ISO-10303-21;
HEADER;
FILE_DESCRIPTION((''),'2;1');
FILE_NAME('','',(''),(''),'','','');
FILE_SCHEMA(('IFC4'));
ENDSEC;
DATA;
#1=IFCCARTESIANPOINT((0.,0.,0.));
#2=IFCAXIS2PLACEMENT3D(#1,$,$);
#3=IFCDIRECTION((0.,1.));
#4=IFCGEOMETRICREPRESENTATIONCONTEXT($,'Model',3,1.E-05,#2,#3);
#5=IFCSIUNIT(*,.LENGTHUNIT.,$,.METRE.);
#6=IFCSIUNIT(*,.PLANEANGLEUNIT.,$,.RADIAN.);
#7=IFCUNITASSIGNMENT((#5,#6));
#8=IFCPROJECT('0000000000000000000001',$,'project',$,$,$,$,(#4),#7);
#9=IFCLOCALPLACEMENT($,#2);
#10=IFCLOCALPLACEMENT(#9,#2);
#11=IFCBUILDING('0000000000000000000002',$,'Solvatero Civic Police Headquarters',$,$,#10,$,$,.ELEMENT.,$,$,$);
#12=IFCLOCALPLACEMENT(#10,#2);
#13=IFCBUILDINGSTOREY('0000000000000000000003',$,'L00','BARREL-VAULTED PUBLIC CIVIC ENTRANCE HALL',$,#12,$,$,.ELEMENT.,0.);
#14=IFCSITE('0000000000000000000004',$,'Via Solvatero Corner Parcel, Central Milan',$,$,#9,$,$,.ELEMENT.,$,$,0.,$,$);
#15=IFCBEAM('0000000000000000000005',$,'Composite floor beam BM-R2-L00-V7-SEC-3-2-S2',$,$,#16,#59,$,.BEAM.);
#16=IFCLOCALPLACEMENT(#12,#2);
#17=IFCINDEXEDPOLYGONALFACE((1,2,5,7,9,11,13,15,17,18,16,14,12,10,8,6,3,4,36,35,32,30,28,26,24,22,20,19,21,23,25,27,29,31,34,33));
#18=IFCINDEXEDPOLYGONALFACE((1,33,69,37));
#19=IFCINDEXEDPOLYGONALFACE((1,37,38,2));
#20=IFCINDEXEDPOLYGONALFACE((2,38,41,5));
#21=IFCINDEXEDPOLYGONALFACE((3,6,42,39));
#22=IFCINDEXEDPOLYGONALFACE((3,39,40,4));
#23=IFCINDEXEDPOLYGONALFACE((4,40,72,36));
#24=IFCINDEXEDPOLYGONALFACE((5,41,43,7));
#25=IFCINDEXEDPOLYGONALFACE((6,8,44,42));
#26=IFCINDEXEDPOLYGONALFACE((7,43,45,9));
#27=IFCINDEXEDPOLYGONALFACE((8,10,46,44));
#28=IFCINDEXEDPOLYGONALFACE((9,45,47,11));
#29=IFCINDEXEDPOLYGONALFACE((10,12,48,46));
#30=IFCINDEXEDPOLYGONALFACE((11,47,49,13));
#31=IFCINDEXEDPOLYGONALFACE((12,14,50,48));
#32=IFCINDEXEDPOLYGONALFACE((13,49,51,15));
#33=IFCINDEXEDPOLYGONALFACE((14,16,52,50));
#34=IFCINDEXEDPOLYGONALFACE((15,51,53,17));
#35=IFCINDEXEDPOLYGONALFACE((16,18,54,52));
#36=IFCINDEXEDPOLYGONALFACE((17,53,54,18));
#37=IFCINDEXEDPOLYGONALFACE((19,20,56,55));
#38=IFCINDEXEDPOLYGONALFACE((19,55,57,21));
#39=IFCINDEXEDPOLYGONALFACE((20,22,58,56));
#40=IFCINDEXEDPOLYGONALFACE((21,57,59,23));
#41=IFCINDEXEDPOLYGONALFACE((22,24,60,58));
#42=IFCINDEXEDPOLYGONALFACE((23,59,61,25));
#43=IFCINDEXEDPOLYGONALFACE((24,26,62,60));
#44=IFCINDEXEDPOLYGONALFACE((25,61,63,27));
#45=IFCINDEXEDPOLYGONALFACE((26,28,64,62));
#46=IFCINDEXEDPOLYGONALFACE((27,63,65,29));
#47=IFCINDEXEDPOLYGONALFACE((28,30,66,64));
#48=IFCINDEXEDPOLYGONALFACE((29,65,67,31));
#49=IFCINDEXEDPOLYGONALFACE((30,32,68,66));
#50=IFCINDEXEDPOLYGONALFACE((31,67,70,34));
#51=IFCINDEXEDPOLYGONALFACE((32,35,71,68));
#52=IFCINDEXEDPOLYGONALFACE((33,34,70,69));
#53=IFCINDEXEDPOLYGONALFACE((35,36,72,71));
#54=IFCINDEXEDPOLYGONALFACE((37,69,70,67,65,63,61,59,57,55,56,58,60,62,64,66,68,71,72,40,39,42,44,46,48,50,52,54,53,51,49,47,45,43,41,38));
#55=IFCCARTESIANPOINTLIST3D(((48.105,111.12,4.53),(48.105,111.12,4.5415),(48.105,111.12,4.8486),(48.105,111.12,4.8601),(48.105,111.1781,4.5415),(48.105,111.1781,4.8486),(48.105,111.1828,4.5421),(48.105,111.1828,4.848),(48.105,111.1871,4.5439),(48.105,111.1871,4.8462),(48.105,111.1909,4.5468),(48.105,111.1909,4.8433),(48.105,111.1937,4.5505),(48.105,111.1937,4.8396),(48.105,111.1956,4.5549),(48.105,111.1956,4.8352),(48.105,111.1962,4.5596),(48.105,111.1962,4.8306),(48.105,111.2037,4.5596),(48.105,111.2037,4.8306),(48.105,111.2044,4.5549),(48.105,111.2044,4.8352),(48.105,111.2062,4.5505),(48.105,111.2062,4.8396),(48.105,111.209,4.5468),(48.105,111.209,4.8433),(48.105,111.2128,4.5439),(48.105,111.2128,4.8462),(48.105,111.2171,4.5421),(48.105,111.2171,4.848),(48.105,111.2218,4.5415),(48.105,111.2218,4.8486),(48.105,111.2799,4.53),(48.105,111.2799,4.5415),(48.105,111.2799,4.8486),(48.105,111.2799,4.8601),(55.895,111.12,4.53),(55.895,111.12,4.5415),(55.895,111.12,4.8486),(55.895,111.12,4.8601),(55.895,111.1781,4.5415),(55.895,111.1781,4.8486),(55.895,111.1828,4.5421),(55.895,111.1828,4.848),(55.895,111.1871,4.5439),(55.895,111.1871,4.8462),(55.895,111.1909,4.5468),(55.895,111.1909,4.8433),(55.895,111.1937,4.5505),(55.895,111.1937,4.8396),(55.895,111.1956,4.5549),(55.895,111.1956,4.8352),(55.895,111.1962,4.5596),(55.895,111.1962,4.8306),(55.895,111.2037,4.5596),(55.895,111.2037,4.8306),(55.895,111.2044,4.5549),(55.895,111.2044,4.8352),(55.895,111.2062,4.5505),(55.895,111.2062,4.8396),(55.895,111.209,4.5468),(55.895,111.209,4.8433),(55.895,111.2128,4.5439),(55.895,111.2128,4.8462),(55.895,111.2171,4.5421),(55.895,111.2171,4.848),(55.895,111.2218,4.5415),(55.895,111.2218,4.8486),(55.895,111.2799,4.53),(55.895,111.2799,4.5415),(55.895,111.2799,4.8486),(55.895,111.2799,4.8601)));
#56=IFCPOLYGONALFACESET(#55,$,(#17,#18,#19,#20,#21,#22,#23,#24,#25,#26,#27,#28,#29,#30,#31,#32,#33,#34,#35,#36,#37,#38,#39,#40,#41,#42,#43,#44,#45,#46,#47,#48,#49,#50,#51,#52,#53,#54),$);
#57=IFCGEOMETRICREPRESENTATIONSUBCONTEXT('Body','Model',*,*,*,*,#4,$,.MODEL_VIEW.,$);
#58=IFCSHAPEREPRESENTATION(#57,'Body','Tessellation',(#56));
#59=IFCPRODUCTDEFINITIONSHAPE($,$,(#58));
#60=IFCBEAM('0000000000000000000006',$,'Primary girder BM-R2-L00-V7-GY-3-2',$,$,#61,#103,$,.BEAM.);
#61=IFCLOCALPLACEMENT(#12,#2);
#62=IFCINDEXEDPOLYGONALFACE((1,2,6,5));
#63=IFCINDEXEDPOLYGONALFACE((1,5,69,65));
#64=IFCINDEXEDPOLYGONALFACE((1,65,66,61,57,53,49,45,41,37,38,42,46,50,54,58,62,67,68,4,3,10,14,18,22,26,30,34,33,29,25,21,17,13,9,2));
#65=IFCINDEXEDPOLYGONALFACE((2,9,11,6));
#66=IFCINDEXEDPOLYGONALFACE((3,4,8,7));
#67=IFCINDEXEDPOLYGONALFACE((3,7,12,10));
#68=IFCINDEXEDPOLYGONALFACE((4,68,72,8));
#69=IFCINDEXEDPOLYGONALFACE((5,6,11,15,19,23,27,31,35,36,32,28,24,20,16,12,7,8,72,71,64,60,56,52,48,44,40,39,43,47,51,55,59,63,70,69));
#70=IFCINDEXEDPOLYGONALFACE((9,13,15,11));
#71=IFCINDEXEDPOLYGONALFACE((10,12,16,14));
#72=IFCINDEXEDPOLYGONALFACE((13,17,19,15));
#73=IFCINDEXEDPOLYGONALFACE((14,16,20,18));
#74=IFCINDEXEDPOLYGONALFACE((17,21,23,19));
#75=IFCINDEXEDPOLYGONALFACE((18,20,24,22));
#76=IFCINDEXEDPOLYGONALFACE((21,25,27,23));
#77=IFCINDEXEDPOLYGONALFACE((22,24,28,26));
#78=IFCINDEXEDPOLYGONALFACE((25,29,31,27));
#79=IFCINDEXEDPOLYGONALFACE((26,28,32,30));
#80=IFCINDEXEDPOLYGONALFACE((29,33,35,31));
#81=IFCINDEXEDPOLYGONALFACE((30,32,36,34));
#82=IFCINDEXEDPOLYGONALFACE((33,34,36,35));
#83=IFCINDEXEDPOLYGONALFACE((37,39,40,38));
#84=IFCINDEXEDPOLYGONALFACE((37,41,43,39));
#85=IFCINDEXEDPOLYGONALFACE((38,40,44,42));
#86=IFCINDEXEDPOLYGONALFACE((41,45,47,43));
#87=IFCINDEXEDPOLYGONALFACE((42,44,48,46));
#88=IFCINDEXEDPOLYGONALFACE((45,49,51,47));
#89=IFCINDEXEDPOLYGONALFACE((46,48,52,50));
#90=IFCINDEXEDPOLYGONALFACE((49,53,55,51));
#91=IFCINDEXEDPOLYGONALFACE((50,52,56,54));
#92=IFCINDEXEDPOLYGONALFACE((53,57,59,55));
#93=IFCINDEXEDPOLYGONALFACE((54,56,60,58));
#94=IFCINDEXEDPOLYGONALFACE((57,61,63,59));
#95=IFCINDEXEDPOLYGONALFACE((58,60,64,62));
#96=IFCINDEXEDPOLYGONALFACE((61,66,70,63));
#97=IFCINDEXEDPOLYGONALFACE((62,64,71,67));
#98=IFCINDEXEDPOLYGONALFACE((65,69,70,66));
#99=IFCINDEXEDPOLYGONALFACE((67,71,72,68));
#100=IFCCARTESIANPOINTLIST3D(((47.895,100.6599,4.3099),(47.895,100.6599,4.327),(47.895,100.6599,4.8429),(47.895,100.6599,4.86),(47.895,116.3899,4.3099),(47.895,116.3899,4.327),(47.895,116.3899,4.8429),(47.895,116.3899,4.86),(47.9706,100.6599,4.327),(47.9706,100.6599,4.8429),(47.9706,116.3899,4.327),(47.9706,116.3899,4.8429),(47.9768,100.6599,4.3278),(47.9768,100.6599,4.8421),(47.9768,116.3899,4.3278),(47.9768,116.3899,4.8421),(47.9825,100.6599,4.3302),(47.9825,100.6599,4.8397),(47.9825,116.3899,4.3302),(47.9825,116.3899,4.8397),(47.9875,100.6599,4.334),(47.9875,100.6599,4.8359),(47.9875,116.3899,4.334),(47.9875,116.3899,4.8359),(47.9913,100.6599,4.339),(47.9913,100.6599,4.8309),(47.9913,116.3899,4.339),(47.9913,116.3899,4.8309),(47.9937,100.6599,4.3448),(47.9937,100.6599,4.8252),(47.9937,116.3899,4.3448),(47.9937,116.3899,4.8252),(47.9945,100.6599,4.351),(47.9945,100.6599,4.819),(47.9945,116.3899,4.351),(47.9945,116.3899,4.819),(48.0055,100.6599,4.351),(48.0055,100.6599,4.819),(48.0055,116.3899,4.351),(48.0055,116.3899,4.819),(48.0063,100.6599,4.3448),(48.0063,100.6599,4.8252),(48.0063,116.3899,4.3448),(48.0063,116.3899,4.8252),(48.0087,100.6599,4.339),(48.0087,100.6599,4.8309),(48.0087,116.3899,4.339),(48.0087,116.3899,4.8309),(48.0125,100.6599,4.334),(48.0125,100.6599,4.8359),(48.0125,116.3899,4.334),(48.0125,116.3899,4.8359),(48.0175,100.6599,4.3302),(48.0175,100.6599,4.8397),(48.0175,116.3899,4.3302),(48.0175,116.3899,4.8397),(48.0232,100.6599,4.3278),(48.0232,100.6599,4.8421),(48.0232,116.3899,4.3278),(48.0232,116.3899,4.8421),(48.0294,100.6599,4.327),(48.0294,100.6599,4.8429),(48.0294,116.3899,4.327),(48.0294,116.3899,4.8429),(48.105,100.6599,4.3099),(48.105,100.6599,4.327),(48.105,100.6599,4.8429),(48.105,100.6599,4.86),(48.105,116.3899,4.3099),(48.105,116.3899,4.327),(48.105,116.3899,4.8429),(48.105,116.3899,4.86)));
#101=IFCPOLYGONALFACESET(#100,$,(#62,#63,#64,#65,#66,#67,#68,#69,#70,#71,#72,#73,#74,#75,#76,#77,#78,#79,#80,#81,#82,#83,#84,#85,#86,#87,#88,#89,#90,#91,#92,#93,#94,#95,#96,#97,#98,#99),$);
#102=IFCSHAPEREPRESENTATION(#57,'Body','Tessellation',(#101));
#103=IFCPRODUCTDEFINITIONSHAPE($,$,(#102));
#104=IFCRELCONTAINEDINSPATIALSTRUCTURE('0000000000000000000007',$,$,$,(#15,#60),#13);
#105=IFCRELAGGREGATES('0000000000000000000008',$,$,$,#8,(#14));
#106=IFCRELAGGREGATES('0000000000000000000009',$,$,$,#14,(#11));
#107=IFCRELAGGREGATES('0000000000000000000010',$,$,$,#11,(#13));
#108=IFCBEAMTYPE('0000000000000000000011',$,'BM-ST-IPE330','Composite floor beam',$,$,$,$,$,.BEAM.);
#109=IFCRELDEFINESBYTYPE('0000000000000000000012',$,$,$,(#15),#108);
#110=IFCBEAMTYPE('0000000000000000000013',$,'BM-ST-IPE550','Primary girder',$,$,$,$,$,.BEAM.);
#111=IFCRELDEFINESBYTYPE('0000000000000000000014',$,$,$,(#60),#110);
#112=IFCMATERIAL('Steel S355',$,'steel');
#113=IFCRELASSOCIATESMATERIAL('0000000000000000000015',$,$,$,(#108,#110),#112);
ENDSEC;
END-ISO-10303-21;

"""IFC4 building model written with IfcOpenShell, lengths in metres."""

from ifc_helpers import new_model, si_unit, direction, frame, origin, origin_2d, place, context, subcontext, project, spatial, i_section, extrude, material, material_profile, profile_set, type_object, element, save


model = new_model("IFC4")

# Units and contexts
model_context = context("Model", 3, precision=1e-05, world=origin(), true_north=direction((0.0, 1.0)))
body_context = subcontext(model_context, "Body", "Model", "MODEL_VIEW")
ifc_project = project(units=[si_unit("LENGTHUNIT", "METRE"), si_unit("PLANEANGLEUNIT", "RADIAN")], contexts=[model_context])

# Site, building, storey
site_placement = place(None, origin())
site = spatial("IfcSite", under=ifc_project, at=site_placement, Name="Via Solvatero Corner Parcel, Central Milan", CompositionType="ELEMENT", RefElevation=0.0)
building_placement = place(site_placement, origin())
building = spatial("IfcBuilding", under=site, at=building_placement, Name="Solvatero Civic Police Headquarters", CompositionType="ELEMENT")
storey_placement = place(building_placement, origin())
storey = spatial("IfcBuildingStorey", under=building, at=storey_placement, Name="L00", Description="BARREL-VAULTED PUBLIC CIVIC ENTRANCE HALL", CompositionType="ELEMENT", Elevation=0.0)

# Beams
ifc_material_1 = material(Name="Steel S355", Category="steel")
ifc_material_profile_1 = material_profile(ifc_material_1, i_section(OverallWidth=0.1599, OverallDepth=0.3301, WebThickness=0.0076, FlangeThickness=0.0115, FilletRadius=0.0181, at=origin_2d()), Name="IPE 330")
ifc_profile_set_1 = profile_set([ifc_material_profile_1], Name="Steel S355")
beam_type_1 = type_object("IfcBeamType", Name="BM-ST-IPE330", Description="Composite floor beam", PredefinedType="BEAM", material=ifc_profile_set_1)
for number, where, z_axis, x_axis, name in (
    (1, (48.105, 111.2, 4.6951), (1.0, 0.0, 0.0), (0.0, 1.0, 0.0), "Composite floor beam BM-R2-L00-V7-SEC-3-2-S2"),
):
    element("IfcBeam", number, at=place(storey_placement, frame(where, z_axis=z_axis, x_axis=x_axis)), inside=storey, type_object=beam_type_1, Name=name, PredefinedType="BEAM", context=body_context, shape_type="SweptSolid", body=[
        extrude(i_section(OverallWidth=0.1599, OverallDepth=0.3301, WebThickness=0.0076, FlangeThickness=0.0115, FilletRadius=0.0181, at=origin_2d()), origin(), (0.0, 0.0, 1.0), 7.79),
    ])
ifc_material_profile_2 = material_profile(ifc_material_1, i_section(OverallWidth=0.21, OverallDepth=0.55, WebThickness=0.011, FlangeThickness=0.0171, FilletRadius=0.0239, at=origin_2d()), Name="IPE 550")
ifc_profile_set_2 = profile_set([ifc_material_profile_2], Name="Steel S355")
beam_type_2 = type_object("IfcBeamType", Name="BM-ST-IPE550", Description="Primary girder", PredefinedType="BEAM", material=ifc_profile_set_2)
beam_1_placement = place(storey_placement, frame((48.0, 100.6599, 4.585), z_axis=(0.0, 1.0, 0.0), x_axis=(-1.0, 0.0, 0.0)))
element("IfcBeam", 2, at=beam_1_placement, inside=storey, type_object=beam_type_2, Name="Primary girder BM-R2-L00-V7-GY-3-2", PredefinedType="BEAM", context=body_context, shape_type="SweptSolid", body=[
    extrude(i_section(OverallWidth=0.21, OverallDepth=0.55, WebThickness=0.011, FlangeThickness=0.0171, FilletRadius=0.0239, at=origin_2d()), origin(), (0.0, 0.0, 1.0), 15.73),
])

save(model, "model.ifc")
